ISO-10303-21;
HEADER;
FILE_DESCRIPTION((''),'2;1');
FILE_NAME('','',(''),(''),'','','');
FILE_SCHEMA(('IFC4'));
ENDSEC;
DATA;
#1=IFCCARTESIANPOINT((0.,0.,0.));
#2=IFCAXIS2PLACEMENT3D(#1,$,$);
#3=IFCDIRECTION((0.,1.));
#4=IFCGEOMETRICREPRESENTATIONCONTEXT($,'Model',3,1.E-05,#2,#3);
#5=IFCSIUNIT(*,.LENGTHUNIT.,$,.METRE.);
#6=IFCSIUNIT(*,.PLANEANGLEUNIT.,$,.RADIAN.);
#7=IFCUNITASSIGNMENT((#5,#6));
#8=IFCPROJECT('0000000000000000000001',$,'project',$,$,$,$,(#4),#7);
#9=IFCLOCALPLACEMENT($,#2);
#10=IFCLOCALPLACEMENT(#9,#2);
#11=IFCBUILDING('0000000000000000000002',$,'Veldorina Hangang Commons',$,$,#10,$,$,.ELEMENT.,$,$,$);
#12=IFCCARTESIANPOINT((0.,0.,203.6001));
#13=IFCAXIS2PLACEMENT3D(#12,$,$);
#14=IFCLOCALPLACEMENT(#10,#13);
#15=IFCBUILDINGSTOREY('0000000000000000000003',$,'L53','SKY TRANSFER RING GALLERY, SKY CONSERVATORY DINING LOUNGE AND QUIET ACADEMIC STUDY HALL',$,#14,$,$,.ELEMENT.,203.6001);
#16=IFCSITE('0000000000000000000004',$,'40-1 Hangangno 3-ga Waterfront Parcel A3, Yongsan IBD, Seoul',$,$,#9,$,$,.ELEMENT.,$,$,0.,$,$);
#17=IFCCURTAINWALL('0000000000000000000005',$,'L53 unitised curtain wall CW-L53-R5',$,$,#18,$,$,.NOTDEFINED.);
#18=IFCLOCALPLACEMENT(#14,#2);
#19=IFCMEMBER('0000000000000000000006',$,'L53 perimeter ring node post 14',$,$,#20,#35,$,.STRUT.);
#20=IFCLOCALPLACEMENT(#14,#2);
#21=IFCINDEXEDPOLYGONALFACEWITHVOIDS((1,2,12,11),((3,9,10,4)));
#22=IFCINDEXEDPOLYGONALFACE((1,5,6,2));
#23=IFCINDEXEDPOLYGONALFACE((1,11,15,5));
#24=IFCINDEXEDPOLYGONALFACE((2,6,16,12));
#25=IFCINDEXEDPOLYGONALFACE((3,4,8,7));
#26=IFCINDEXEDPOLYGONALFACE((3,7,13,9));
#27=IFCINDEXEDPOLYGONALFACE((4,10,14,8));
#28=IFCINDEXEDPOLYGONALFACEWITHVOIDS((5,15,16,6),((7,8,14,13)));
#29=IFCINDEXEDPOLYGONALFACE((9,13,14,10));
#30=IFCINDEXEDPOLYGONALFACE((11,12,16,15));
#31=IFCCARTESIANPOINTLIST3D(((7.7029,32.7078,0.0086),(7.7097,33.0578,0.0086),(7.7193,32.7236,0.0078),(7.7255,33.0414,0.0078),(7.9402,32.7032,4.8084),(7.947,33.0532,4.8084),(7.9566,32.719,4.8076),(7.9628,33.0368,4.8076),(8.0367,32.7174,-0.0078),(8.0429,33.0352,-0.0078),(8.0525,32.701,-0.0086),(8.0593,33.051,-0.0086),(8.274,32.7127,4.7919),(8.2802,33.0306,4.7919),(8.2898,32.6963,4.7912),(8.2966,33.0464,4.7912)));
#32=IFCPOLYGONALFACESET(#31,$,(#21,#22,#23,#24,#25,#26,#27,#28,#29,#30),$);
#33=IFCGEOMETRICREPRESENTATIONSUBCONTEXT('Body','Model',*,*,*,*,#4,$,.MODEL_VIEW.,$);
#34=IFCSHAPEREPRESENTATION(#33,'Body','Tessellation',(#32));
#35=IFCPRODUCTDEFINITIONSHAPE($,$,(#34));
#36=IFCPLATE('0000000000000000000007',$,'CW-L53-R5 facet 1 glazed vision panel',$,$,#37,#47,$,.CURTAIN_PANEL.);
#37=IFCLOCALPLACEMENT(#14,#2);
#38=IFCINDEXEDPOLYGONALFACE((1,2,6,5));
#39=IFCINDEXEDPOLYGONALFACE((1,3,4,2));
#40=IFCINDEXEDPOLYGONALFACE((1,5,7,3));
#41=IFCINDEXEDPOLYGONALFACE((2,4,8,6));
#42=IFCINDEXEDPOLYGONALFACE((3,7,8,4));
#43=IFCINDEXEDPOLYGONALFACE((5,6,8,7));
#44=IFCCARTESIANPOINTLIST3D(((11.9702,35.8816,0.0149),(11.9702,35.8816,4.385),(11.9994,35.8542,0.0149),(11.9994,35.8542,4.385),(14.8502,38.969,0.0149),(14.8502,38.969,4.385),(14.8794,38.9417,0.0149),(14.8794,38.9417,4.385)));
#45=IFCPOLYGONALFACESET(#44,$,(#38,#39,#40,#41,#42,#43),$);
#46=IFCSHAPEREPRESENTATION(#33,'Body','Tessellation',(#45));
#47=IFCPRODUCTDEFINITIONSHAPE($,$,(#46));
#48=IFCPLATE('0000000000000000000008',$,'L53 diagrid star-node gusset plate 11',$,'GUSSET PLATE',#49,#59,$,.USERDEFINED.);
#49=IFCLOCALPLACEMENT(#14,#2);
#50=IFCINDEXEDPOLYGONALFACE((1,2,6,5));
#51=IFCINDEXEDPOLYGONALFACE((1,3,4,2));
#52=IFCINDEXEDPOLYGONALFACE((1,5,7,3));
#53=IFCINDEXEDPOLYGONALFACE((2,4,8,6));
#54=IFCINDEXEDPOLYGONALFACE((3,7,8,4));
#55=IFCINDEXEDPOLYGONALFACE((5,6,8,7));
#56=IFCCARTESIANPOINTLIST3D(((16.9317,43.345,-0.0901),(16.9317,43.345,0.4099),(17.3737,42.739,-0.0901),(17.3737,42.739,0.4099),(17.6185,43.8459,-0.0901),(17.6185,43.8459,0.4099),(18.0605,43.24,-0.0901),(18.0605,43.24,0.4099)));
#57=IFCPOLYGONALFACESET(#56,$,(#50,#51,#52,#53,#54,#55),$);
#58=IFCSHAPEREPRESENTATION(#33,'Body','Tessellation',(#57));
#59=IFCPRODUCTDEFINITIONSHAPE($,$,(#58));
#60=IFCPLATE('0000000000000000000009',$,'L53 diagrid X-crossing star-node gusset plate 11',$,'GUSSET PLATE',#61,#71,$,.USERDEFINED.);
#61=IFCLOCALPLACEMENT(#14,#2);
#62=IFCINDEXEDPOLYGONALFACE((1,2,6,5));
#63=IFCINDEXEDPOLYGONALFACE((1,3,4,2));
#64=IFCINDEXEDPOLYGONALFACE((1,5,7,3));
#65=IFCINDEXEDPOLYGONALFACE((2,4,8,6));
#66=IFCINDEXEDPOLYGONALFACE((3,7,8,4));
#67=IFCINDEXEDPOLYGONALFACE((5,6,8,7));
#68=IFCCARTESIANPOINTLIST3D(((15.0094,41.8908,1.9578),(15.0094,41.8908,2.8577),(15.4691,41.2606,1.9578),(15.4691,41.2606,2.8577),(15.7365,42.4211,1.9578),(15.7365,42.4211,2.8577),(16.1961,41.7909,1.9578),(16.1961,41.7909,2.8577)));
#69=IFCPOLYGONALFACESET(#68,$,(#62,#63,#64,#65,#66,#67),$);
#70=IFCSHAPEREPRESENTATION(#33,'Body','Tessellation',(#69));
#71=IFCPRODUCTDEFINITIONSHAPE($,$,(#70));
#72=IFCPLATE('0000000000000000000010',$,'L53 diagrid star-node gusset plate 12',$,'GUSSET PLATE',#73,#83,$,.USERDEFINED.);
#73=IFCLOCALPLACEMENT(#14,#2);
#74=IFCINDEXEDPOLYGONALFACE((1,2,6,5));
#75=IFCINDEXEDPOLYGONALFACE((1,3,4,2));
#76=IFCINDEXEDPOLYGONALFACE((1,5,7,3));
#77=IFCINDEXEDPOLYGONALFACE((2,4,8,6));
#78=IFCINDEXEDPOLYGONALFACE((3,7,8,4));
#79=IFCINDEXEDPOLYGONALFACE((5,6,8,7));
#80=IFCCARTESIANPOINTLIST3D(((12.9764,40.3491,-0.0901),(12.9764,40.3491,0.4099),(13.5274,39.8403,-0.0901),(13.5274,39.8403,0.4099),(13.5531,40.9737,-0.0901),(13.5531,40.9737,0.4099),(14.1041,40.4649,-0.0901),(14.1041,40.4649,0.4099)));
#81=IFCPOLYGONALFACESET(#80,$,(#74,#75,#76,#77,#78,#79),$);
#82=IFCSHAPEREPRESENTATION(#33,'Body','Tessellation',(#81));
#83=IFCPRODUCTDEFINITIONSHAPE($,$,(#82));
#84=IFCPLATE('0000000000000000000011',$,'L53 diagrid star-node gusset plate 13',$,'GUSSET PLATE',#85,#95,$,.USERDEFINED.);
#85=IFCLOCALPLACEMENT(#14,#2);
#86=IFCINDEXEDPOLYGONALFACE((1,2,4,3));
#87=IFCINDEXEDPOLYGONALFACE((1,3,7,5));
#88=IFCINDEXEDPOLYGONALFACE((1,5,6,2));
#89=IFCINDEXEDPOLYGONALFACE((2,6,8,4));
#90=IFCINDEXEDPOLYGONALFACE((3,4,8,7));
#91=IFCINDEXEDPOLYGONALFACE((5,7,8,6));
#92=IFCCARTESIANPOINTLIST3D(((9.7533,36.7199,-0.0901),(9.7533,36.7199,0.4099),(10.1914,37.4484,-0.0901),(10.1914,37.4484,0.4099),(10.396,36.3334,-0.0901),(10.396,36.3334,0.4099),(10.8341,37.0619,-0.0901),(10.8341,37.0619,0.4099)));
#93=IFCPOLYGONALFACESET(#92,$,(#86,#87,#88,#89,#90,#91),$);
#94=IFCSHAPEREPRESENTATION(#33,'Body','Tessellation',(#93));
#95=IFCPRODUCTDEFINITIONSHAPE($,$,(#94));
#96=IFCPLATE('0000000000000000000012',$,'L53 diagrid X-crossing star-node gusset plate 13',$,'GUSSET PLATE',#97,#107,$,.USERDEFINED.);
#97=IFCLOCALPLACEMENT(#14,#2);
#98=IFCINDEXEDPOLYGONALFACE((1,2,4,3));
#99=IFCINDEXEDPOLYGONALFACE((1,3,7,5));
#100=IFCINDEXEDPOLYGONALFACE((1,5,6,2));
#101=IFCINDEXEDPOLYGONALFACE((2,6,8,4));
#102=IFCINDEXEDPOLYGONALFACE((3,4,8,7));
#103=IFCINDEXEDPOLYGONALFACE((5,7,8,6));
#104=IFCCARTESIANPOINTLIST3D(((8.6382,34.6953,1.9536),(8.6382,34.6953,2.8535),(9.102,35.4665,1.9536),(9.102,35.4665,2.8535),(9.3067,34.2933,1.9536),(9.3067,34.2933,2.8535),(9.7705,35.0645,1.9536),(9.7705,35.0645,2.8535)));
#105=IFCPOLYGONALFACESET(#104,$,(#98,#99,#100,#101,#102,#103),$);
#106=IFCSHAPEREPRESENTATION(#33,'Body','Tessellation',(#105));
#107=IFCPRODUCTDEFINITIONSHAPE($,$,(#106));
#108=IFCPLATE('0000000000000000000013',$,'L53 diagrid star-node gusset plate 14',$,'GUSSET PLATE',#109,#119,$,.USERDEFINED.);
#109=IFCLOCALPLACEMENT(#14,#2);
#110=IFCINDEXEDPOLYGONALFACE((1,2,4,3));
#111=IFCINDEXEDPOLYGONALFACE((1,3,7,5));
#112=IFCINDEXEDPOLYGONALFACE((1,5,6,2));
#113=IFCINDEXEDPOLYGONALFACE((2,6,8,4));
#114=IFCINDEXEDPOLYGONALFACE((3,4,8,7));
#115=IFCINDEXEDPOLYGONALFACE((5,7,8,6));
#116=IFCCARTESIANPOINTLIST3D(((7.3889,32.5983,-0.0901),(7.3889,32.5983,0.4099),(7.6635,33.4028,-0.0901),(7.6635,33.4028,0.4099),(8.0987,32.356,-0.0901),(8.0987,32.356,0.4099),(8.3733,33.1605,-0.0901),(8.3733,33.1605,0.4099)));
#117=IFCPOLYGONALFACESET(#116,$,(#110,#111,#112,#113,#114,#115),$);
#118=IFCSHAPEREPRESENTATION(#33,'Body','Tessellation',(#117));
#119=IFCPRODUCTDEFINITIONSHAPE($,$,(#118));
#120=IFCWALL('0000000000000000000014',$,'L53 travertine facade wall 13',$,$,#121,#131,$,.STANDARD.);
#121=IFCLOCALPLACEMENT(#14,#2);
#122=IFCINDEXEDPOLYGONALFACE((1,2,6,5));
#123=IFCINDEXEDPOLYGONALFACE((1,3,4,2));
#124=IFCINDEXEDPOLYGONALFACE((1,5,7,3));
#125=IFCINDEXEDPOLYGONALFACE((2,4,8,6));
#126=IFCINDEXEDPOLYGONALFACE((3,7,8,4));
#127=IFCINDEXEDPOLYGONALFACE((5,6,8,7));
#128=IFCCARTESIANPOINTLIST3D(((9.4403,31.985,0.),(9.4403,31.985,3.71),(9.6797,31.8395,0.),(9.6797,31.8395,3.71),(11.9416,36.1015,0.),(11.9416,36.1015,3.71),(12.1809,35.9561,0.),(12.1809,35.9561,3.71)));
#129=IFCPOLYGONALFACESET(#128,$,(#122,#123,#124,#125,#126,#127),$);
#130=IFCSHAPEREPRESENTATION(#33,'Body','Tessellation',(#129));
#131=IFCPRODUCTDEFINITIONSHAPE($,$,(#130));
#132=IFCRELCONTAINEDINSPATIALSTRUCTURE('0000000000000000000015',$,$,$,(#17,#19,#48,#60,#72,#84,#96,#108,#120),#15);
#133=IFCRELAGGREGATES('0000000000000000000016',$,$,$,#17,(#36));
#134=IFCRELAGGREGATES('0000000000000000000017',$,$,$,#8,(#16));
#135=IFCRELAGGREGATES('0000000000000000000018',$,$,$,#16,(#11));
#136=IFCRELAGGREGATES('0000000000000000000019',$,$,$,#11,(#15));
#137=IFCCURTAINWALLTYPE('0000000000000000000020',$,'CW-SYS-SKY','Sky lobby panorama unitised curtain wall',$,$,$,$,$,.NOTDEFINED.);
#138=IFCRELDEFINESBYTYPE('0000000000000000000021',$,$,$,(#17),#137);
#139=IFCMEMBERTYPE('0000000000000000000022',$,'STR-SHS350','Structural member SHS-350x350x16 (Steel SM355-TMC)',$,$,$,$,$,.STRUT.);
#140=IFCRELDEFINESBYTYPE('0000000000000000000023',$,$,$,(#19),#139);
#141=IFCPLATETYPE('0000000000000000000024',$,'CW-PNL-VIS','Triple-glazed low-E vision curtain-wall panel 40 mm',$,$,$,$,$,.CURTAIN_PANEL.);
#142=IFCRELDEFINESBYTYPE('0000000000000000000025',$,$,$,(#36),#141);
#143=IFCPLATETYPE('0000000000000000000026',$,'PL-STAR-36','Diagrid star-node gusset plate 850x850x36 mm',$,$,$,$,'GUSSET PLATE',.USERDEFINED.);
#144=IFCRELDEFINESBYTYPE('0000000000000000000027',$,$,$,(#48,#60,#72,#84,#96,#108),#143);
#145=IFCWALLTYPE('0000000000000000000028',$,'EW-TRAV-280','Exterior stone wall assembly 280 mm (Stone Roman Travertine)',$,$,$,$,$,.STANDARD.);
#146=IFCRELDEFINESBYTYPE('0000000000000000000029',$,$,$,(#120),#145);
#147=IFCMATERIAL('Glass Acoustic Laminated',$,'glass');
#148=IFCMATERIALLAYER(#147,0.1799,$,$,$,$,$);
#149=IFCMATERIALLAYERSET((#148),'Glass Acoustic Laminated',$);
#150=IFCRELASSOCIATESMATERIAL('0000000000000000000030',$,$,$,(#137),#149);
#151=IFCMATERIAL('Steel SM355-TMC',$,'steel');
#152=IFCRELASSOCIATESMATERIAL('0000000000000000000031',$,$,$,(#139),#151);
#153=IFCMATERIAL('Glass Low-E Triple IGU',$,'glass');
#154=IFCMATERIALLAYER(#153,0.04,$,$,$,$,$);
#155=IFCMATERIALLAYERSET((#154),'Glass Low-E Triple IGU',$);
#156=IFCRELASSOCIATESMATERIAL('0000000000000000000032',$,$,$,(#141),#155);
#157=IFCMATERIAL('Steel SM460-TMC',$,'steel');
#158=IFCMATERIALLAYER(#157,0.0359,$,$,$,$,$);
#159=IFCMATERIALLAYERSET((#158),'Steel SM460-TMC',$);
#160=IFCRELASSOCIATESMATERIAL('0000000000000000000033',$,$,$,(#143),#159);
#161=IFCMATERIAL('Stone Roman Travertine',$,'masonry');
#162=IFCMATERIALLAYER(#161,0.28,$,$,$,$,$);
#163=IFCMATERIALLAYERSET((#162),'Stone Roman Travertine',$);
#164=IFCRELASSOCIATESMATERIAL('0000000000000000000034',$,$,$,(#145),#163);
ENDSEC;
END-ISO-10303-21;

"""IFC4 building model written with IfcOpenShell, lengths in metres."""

from ifc_helpers import new_model, si_unit, direction, frame, frame_2d, origin, origin_2d, place, context, subcontext, project, spatial, rectangle, hollow_rectangle, extrude, material, layer, layer_set, material_profile, profile_set, type_object, element, aggregate, save


model = new_model("IFC4")

# Units and contexts
model_context = context("Model", 3, precision=1e-05, world=origin(), true_north=direction((0.0, 1.0)))
body_context = subcontext(model_context, "Body", "Model", "MODEL_VIEW")
ifc_project = project(units=[si_unit("LENGTHUNIT", "METRE"), si_unit("PLANEANGLEUNIT", "RADIAN")], contexts=[model_context])

# Site, building, storey
site_placement = place(None, origin())
site = spatial("IfcSite", under=ifc_project, at=site_placement, Name="40-1 Hangangno 3-ga Waterfront Parcel A3, Yongsan IBD, Seoul", CompositionType="ELEMENT", RefElevation=0.0)
building_placement = place(site_placement, origin())
building = spatial("IfcBuilding", under=site, at=building_placement, Name="Veldorina Hangang Commons", CompositionType="ELEMENT")
storey_placement = place(building_placement, frame((0.0, 0.0, 203.6001)))
storey = spatial("IfcBuildingStorey", under=building, at=storey_placement, Name="L53", Description="SKY TRANSFER RING GALLERY, SKY CONSERVATORY DINING LOUNGE AND QUIET ACADEMIC STUDY HALL", CompositionType="ELEMENT", Elevation=203.6001)

# Shared definitions
ifc_material_1 = material(Name="Steel SM355-TMC", Category="steel")

# Shared definitions
ifc_material_2 = material(Name="Glass Acoustic Laminated", Category="glass")
ifc_layer_1 = layer(ifc_material_2, 0.1799)
ifc_layer_set_1 = layer_set([ifc_layer_1], Name="Glass Acoustic Laminated")
curtain_wall_type = type_object("IfcCurtainWallType", Name="CW-SYS-SKY", Description="Sky lobby panorama unitised curtain wall", PredefinedType="NOTDEFINED", material=ifc_layer_set_1)

# Curtain wall
curtain_wall_1_placement = place(storey_placement, origin())
curtain_wall_1 = element("IfcCurtainWall", 1, at=curtain_wall_1_placement, inside=storey, type_object=curtain_wall_type, Name="L53 unitised curtain wall CW-L53-R5", PredefinedType="NOTDEFINED")

# Member
ifc_material_3 = material(Name="Steel SM460-TMC", Category="steel")
ifc_material_profile_1 = material_profile(ifc_material_1, hollow_rectangle(XDim=0.3501, YDim=0.3501, WallThickness=0.0161, at=origin_2d()), Name="SHS-350x350x16")
ifc_profile_set_1 = profile_set([ifc_material_profile_1], Name="Steel SM355-TMC")
member_type_1 = type_object("IfcMemberType", Name="STR-SHS350", Description="Structural member SHS-350x350x16 (Steel SM355-TMC)", PredefinedType="STRUT", material=ifc_profile_set_1)
member_1_placement = place(storey_placement, frame((7.8811, 32.8794, 0.0), z_axis=(0.04938, -0.000965, 0.99878), x_axis=(0.019544, 0.999809, 0.0)))
element("IfcMember", 2, at=member_1_placement, inside=storey, type_object=member_type_1, Name="L53 perimeter ring node post 14", PredefinedType="STRUT", context=body_context, shape_type="SweptSolid", body=[
    extrude(hollow_rectangle(XDim=0.3501, YDim=0.3501, WallThickness=0.0161, at=origin_2d()), origin(), (0.0, 0.0, 1.0), 4.8057),
])

# Plate
ifc_material_4 = material(Name="Glass Low-E Triple IGU", Category="glass")
ifc_layer_2 = layer(ifc_material_4, 0.04)
ifc_layer_set_2 = layer_set([ifc_layer_2], Name="Glass Low-E Triple IGU")
plate_type_1 = type_object("IfcPlateType", Name="CW-PNL-VIS", Description="Triple-glazed low-E vision curtain-wall panel 40 mm", PredefinedType="CURTAIN_PANEL", material=ifc_layer_set_2)
plate_1_placement = place(storey_placement, frame((13.4248, 37.4116, 0.0149), z_axis=(0.0, 0.0, 1.0), x_axis=(-0.682113, -0.731247, 0.0)))
plate_1 = element("IfcPlate", 3, at=plate_1_placement, type_object=plate_type_1, Name="CW-L53-R5 facet 1 glazed vision panel", PredefinedType="CURTAIN_PANEL", context=body_context, shape_type="SweptSolid", body=[
    extrude(rectangle(XDim=4.2222, YDim=0.04, at=origin_2d()), origin(), (0.0, 0.0, 1.0), 4.3701),
])
aggregate(curtain_wall_1, [plate_1])

# Plates
ifc_layer_3 = layer(ifc_material_3, 0.0359)
ifc_layer_set_3 = layer_set([ifc_layer_3], Name="Steel SM460-TMC")
plate_type_2 = type_object("IfcPlateType", Name="PL-STAR-36", Description="Diagrid star-node gusset plate 850x850x36 mm", ElementType="GUSSET PLATE", PredefinedType="USERDEFINED", material=ifc_layer_set_3)
plate_2_placement = place(storey_placement, frame((17.4961, 43.2925, -0.0901), z_axis=(0.0, 0.0, 1.0), x_axis=(-0.807908, -0.589309, 0.0)))
element("IfcPlate", 4, at=plate_2_placement, inside=storey, type_object=plate_type_2, Name="L53 diagrid star-node gusset plate 11", ObjectType="GUSSET PLATE", PredefinedType="USERDEFINED", context=body_context, shape_type="SweptSolid", body=[
    extrude(rectangle(XDim=0.8501, YDim=0.75, at=origin_2d()), origin(), (0.0, 0.0, 1.0), 0.5),
])
plate_3_placement = place(storey_placement, frame((15.6028, 41.8408, 1.9578), z_axis=(0.0, 0.0, 1.0), x_axis=(-0.807908, -0.589309, 0.0)))
element("IfcPlate", 5, at=plate_3_placement, inside=storey, type_object=plate_type_2, Name="L53 diagrid X-crossing star-node gusset plate 11", ObjectType="GUSSET PLATE", PredefinedType="USERDEFINED", context=body_context, shape_type="SweptSolid", body=[
    extrude(rectangle(XDim=0.8999, YDim=0.78, at=origin_2d()), origin(), (0.0, 0.0, 1.0), 0.8999),
])
for number, where, z_axis, x_axis, name in (
    (6, (13.5403, 40.407, -0.0901), (0.0, 0.0, 1.0), (-0.678391, -0.734702, 0.0), "L53 diagrid star-node gusset plate 12"),
    (7, (10.2937, 36.8909, -0.0901), (0.0, 0.0, 1.0), (-0.515382, -0.85696, 0.0), "L53 diagrid star-node gusset plate 13"),
):
    element("IfcPlate", number, at=place(storey_placement, frame(where, z_axis=z_axis, x_axis=x_axis)), inside=storey, type_object=plate_type_2, Name=name, ObjectType="GUSSET PLATE", PredefinedType="USERDEFINED", context=body_context, shape_type="SweptSolid", body=[
        extrude(rectangle(XDim=0.8501, YDim=0.75, at=origin_2d()), origin(), (0.0, 0.0, 1.0), 0.5),
    ])
plate_4_placement = place(storey_placement, frame((9.2043, 34.8799, 1.9536), z_axis=(0.0, 0.0, 1.0), x_axis=(-0.515382, -0.85696, 0.0)))
element("IfcPlate", 8, at=plate_4_placement, inside=storey, type_object=plate_type_2, Name="L53 diagrid X-crossing star-node gusset plate 13", ObjectType="GUSSET PLATE", PredefinedType="USERDEFINED", context=body_context, shape_type="SweptSolid", body=[
    extrude(rectangle(XDim=0.8999, YDim=0.78, at=origin_2d()), origin(), (0.0, 0.0, 1.0), 0.8999),
])
plate_5_placement = place(storey_placement, frame((7.8811, 32.8794, -0.0901), z_axis=(0.0, 0.0, 1.0), x_axis=(-0.323009, -0.946396, 0.0)))
element("IfcPlate", 9, at=plate_5_placement, inside=storey, type_object=plate_type_2, Name="L53 diagrid star-node gusset plate 14", ObjectType="GUSSET PLATE", PredefinedType="USERDEFINED", context=body_context, shape_type="SweptSolid", body=[
    extrude(rectangle(XDim=0.8501, YDim=0.75, at=origin_2d()), origin(), (0.0, 0.0, 1.0), 0.5),
])

# Wall
ifc_material_5 = material(Name="Stone Roman Travertine", Category="masonry")
ifc_layer_4 = layer(ifc_material_5, 0.28)
ifc_layer_set_4 = layer_set([ifc_layer_4], Name="Stone Roman Travertine")
wall_type = type_object("IfcWallType", Name="EW-TRAV-280", Description="Exterior stone wall assembly 280 mm (Stone Roman Travertine)", PredefinedType="STANDARD", material=ifc_layer_set_4)
wall_placement = place(storey_placement, frame((12.0613, 36.0288, 0.0), z_axis=(0.0, 0.0, 1.0), x_axis=(-0.519273, -0.854608, 0.0)))
element("IfcWall", 10, at=wall_placement, inside=storey, type_object=wall_type, Name="L53 travertine facade wall 13", PredefinedType="STANDARD", context=body_context, shape_type="SweptSolid", body=[
    extrude(rectangle(XDim=4.8169, YDim=0.28, at=frame_2d((2.4084, 0.0))), origin(), (0.0, 0.0, 1.0), 3.71),
])

save(model, "model.ifc")
